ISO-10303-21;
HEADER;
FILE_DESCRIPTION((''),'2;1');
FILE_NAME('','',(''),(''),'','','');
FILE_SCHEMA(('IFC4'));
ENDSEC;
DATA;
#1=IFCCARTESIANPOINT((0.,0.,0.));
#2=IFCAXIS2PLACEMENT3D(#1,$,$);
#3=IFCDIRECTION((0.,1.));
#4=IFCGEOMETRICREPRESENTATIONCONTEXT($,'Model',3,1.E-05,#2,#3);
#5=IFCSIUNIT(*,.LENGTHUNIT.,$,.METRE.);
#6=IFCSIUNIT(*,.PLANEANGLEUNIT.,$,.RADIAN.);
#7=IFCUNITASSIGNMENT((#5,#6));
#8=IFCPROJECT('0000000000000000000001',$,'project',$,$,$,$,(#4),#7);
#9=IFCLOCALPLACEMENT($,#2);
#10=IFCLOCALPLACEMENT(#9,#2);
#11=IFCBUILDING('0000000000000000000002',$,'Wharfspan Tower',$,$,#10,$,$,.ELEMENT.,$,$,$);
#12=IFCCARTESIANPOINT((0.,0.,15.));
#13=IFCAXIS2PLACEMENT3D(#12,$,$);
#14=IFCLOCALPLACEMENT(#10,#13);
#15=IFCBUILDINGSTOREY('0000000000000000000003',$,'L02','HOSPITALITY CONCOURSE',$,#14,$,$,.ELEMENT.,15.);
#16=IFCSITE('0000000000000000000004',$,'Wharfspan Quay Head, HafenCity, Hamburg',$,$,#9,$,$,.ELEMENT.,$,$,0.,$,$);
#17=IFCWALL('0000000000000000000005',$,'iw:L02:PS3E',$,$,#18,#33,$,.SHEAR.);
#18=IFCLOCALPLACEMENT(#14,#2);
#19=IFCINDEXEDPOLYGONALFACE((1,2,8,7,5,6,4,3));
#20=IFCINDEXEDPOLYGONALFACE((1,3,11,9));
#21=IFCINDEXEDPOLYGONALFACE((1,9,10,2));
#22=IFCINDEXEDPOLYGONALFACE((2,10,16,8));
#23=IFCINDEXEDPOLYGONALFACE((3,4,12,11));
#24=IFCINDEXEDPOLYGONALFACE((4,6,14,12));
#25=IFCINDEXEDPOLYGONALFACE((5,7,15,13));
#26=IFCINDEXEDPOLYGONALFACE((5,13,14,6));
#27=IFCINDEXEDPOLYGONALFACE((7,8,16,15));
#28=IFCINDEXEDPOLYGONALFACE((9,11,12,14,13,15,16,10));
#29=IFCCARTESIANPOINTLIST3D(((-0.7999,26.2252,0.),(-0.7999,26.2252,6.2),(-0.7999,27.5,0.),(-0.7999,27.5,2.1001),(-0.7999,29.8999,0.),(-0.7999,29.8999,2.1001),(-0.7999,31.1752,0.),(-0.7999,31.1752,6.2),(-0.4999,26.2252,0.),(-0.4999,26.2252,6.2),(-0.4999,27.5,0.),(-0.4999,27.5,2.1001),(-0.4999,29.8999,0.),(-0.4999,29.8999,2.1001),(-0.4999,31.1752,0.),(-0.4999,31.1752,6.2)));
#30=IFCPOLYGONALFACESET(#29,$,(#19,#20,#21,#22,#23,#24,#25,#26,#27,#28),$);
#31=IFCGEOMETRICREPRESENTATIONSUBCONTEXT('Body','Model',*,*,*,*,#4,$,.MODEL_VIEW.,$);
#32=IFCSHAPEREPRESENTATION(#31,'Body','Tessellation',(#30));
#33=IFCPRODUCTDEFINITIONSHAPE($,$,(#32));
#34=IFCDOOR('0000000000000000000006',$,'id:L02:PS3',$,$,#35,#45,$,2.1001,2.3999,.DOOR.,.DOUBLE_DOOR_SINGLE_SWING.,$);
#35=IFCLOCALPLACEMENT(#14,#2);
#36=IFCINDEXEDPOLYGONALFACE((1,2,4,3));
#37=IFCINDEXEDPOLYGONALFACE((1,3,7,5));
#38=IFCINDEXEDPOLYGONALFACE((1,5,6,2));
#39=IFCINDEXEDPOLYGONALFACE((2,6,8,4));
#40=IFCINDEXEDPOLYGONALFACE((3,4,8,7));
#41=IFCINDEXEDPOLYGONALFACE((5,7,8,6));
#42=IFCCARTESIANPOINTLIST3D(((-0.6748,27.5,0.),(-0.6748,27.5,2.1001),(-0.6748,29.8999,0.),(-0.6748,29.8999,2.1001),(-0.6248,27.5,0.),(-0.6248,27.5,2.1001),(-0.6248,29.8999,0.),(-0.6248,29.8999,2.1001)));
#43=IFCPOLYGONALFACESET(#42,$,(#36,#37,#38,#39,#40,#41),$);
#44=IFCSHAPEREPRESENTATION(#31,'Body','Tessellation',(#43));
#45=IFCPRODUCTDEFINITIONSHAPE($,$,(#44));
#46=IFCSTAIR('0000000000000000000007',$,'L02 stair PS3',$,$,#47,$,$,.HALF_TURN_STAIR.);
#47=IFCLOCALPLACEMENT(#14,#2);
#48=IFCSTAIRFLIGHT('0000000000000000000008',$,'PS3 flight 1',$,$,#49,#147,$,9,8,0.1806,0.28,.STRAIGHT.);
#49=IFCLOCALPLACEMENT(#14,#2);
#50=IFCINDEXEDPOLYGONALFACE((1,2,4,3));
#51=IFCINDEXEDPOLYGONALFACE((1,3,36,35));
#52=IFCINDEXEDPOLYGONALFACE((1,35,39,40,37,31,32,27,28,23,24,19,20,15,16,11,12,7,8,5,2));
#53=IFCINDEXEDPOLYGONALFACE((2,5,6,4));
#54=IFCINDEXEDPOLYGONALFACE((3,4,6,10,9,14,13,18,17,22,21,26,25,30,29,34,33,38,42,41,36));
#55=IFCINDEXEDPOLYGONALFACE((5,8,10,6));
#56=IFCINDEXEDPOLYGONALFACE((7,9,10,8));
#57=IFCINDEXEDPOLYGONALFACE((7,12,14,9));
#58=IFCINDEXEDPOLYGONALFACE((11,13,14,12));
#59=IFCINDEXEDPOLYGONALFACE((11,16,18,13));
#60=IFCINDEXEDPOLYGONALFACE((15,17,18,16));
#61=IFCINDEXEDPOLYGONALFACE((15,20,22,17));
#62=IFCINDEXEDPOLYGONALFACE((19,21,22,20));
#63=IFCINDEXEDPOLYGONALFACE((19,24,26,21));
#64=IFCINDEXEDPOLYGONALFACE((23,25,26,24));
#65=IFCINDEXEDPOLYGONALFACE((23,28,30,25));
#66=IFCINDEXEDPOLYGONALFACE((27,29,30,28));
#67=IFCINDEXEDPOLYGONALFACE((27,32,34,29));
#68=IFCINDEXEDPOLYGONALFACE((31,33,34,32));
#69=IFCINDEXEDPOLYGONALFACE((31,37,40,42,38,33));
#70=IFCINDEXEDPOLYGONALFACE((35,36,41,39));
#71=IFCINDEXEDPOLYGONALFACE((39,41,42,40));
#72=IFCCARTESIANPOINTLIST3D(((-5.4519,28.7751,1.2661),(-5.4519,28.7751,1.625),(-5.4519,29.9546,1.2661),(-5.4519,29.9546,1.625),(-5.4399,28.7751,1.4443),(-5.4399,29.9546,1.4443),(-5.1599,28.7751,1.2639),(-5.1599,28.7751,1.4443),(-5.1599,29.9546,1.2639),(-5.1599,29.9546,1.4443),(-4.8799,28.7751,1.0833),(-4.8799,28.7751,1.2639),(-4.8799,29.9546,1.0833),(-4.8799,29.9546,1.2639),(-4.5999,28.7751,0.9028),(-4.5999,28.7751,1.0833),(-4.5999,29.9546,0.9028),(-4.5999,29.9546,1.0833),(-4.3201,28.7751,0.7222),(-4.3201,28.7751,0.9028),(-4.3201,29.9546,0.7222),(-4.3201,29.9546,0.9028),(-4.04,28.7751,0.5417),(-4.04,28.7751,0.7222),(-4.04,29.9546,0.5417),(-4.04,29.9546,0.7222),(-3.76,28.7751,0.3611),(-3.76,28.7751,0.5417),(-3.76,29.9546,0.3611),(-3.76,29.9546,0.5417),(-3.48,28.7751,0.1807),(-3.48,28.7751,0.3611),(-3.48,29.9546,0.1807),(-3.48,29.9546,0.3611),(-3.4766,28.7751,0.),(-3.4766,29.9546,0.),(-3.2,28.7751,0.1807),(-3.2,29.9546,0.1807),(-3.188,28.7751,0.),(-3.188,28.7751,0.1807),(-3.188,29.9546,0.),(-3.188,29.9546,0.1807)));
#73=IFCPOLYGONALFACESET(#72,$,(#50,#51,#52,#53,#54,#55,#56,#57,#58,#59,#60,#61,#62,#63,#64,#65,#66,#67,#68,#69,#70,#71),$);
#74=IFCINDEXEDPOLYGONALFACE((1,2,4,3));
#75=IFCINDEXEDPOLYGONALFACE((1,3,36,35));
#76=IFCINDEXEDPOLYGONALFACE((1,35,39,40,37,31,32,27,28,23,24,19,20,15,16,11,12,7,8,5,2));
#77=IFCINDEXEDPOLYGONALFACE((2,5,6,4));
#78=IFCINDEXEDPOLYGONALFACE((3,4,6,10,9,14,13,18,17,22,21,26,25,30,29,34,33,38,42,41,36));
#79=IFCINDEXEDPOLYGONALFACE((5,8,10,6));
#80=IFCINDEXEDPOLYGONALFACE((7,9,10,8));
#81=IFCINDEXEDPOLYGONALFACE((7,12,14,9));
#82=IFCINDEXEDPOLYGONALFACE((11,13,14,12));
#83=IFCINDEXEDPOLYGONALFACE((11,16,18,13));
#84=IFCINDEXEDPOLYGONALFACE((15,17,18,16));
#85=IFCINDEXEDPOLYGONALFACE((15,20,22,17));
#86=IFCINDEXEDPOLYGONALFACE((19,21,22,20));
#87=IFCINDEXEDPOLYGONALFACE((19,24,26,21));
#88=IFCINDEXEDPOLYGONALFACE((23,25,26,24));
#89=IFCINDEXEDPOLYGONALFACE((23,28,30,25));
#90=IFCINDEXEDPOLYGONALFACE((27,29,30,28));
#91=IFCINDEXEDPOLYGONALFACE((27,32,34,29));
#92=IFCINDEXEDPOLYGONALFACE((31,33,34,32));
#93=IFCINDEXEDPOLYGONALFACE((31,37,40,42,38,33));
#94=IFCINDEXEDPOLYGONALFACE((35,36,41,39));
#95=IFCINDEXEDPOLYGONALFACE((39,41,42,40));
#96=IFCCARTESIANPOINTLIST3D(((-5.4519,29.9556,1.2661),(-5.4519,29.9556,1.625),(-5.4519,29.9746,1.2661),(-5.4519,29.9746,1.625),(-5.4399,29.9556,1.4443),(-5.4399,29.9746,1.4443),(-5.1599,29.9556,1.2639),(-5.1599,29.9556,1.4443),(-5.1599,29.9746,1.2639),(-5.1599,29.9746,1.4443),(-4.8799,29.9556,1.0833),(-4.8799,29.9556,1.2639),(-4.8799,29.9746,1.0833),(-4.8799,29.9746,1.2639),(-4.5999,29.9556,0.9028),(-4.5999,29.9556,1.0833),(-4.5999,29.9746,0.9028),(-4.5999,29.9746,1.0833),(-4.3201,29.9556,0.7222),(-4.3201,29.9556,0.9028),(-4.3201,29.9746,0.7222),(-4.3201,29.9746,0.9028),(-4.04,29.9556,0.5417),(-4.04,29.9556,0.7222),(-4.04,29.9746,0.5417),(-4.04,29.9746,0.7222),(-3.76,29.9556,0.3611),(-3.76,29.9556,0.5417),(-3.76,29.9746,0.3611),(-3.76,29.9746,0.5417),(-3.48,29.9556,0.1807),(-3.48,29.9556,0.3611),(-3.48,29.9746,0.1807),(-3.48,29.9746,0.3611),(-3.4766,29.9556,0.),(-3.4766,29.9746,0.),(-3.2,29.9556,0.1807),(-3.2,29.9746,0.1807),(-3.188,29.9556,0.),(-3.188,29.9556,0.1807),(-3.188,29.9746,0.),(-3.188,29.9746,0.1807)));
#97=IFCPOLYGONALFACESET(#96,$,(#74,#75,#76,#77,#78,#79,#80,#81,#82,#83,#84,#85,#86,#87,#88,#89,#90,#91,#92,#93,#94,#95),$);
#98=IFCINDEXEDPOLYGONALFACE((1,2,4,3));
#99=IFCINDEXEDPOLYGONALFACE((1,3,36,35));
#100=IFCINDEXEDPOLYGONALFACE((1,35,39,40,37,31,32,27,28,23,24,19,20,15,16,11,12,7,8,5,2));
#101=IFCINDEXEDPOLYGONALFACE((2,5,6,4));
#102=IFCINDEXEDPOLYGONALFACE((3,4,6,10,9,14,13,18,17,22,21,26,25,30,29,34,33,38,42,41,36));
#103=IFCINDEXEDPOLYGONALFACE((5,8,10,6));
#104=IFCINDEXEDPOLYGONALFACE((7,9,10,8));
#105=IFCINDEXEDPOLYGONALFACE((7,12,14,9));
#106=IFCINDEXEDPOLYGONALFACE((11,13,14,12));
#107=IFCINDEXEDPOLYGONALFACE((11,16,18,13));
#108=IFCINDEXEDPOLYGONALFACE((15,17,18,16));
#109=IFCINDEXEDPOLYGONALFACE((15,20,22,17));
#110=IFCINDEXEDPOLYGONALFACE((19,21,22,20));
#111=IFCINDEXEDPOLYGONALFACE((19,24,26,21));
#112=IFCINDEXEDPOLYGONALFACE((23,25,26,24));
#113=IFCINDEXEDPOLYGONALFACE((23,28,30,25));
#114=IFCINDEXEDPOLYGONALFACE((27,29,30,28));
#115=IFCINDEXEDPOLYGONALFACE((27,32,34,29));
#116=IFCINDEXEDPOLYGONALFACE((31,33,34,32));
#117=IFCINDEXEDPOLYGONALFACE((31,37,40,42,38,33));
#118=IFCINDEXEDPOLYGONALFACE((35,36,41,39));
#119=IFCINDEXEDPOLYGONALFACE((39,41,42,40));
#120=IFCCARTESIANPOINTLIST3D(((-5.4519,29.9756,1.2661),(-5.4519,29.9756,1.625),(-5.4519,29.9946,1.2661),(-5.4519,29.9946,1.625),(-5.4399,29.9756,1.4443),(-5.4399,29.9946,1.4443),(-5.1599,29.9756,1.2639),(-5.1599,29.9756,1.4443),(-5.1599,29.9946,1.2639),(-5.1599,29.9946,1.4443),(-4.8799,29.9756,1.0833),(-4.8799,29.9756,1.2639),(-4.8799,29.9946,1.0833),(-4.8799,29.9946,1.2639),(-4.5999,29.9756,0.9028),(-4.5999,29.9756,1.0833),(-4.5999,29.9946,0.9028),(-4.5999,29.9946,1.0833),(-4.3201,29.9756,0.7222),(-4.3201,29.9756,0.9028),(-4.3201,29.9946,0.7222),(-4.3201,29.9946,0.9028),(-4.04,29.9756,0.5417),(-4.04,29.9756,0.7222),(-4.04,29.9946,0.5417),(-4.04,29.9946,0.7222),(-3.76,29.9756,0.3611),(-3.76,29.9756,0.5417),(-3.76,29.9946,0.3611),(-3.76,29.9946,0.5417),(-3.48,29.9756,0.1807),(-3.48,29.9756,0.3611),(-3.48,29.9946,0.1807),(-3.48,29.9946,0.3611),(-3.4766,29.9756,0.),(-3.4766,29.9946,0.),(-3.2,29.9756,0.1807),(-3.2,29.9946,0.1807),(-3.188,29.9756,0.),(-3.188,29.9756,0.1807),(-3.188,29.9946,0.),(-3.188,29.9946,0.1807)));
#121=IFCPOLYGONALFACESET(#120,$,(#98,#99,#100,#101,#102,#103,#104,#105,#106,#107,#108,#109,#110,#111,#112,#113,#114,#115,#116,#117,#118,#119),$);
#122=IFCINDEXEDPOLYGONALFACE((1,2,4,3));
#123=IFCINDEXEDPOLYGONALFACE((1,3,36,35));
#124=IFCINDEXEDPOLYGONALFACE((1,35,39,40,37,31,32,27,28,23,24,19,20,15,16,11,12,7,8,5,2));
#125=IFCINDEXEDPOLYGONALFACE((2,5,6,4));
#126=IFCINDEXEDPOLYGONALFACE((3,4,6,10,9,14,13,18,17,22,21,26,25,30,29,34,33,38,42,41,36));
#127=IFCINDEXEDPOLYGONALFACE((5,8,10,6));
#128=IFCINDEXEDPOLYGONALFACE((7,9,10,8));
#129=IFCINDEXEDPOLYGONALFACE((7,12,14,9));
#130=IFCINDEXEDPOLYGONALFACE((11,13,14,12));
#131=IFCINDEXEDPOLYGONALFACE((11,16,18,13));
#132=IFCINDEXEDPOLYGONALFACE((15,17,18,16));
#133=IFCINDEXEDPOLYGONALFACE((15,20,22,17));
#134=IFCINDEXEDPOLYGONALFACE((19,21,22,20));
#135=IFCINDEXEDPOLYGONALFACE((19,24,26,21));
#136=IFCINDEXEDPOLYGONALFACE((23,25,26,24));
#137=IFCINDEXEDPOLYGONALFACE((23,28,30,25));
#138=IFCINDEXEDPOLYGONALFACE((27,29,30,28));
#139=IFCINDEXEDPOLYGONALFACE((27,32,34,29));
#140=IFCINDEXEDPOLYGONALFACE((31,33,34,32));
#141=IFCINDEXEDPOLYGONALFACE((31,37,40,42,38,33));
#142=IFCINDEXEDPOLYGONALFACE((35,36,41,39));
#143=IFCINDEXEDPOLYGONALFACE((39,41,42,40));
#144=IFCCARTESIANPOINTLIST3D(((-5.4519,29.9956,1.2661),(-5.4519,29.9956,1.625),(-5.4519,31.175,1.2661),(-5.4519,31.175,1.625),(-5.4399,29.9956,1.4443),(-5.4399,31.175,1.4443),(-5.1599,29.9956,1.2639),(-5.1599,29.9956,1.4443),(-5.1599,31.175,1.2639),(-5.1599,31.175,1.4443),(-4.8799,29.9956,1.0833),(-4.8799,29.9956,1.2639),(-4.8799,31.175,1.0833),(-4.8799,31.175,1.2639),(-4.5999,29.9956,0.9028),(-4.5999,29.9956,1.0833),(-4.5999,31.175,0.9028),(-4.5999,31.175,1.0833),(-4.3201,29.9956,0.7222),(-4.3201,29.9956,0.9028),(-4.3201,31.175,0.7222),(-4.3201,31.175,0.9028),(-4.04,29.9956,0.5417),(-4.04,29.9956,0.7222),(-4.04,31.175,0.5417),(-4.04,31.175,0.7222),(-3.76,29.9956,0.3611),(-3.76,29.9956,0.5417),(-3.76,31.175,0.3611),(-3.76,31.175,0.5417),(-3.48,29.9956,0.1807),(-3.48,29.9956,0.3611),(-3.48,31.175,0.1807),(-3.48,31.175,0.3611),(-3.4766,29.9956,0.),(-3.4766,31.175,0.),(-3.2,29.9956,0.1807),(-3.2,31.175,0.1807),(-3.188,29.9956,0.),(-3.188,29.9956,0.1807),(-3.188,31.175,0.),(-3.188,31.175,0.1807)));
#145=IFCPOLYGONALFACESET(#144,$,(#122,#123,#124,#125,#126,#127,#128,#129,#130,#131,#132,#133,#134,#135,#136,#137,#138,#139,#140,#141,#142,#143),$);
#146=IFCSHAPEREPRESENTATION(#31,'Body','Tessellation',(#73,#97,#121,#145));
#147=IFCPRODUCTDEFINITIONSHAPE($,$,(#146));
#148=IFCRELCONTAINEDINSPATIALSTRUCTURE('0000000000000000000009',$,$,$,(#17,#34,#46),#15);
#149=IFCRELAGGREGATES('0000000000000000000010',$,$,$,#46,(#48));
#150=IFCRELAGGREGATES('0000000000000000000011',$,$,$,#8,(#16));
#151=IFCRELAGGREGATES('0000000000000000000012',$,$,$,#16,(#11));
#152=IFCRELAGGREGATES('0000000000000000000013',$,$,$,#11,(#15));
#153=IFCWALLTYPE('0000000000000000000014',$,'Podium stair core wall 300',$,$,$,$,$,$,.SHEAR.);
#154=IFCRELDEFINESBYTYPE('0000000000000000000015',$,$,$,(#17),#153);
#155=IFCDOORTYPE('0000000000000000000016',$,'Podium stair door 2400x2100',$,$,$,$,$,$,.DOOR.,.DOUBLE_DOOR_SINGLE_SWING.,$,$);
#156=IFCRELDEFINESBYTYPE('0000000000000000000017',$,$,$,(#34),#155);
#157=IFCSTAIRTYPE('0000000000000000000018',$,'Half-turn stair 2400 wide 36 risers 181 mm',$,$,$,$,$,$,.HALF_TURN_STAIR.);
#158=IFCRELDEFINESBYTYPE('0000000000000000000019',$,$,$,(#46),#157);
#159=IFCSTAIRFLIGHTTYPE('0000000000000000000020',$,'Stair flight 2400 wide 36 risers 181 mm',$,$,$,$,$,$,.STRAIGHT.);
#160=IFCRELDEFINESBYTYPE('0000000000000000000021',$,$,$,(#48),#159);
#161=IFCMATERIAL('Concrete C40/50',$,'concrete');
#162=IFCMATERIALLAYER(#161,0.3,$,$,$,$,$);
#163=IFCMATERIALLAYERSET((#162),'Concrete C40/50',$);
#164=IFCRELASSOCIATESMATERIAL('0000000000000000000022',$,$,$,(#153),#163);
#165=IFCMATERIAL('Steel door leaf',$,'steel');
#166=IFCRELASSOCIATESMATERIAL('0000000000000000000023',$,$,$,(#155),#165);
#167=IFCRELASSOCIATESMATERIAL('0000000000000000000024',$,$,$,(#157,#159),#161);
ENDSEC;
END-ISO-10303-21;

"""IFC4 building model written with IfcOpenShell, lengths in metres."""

from ifc_helpers import new_model, si_unit, direction, frame, frame_2d, origin, place, context, subcontext, project, spatial, polyline, rectangle, outline, extrude, material, layer, layer_set, type_object, element, fill, aggregate, save


model = new_model("IFC4")

# Units and contexts
model_context = context("Model", 3, precision=1e-05, world=origin(), true_north=direction((0.0, 1.0)))
body_context = subcontext(model_context, "Body", "Model", "MODEL_VIEW")
ifc_project = project(units=[si_unit("LENGTHUNIT", "METRE"), si_unit("PLANEANGLEUNIT", "RADIAN")], contexts=[model_context])

# Site, building, storey
site_placement = place(None, origin())
site = spatial("IfcSite", under=ifc_project, at=site_placement, Name="Wharfspan Quay Head, HafenCity, Hamburg", CompositionType="ELEMENT", RefElevation=0.0)
building_placement = place(site_placement, origin())
building = spatial("IfcBuilding", under=site, at=building_placement, Name="Wharfspan Tower", CompositionType="ELEMENT")
storey_placement = place(building_placement, frame((0.0, 0.0, 15.0)))
storey = spatial("IfcBuildingStorey", under=building, at=storey_placement, Name="L02", Description="HOSPITALITY CONCOURSE", CompositionType="ELEMENT", Elevation=15.0)

# Wall, opening, door
ifc_material_1 = material(Name="Concrete C40/50", Category="concrete")
ifc_layer = layer(ifc_material_1, 0.3)
ifc_layer_set = layer_set([ifc_layer], Name="Concrete C40/50")
wall_type = type_object("IfcWallType", Name="Podium stair core wall 300", PredefinedType="SHEAR", material=ifc_layer_set)
ifc_material_2 = material(Name="Steel door leaf", Category="steel")
door_type = type_object("IfcDoorType", Name="Podium stair door 2400x2100", OperationType="DOUBLE_DOOR_SINGLE_SWING", PredefinedType="DOOR", material=ifc_material_2)
wall_1_placement = place(storey_placement, frame((-0.6499, 26.2251, 0.0), z_axis=(0.0, 0.0, 1.0), x_axis=(0.0, 1.0, 0.0)))
wall_1 = element("IfcWall", 1, at=wall_1_placement, inside=storey, type_object=wall_type, Name="iw:L02:PS3E", PredefinedType="SHEAR", context=body_context, shape_type="SweptSolid", body=[
    extrude(rectangle(XDim=4.95, YDim=0.3, at=frame_2d((2.4751, 0.0))), origin(), (0.0, 0.0, 1.0), 6.2),
])
opening_1_placement = place(wall_1_placement, frame((1.2749, 0.0, 0.0)))
opening_1 = element("IfcOpeningElement", 2, at=opening_1_placement, cuts=wall_1, PredefinedType="OPENING", context=body_context, shape_type="SweptSolid", body=[
    extrude(rectangle(XDim=2.3999, YDim=2.1001, at=frame_2d((1.2, 1.05))), frame((0.0, 0.1599, 0.0), z_axis=(0.0, -1.0, 0.0), x_axis=(1.0, 0.0, 0.0)), (0.0, 0.0, 1.0), 0.3201),
])
door_1_placement = place(opening_1_placement, origin())
door_1 = element("IfcDoor", 3, at=door_1_placement, inside=storey, type_object=door_type, Name="id:L02:PS3", OperationType="DOUBLE_DOOR_SINGLE_SWING", OverallHeight=2.1001, OverallWidth=2.3999, PredefinedType="DOOR", context=body_context, shape_type="SweptSolid", body=[
    extrude(rectangle(XDim=2.3999, YDim=2.1001, at=frame_2d((1.2, 1.05))), frame((0.0, 0.0249, 0.0), z_axis=(0.0, -1.0, 0.0), x_axis=(1.0, 0.0, 0.0)), (0.0, 0.0, 1.0), 0.05),
])
fill(opening_1, door_1)

# Stair, stair flight
stair_type = type_object("IfcStairType", Name="Half-turn stair 2400 wide 36 risers 181 mm", PredefinedType="HALF_TURN_STAIR", material=ifc_material_1)
stair_placement = place(storey_placement, origin())
stair = element("IfcStair", 4, at=stair_placement, inside=storey, type_object=stair_type, Name="L02 stair PS3", PredefinedType="HALF_TURN_STAIR")
stair_flight_type = type_object("IfcStairFlightType", Name="Stair flight 2400 wide 36 risers 181 mm", PredefinedType="STRAIGHT", material=ifc_material_1)
stair_flight_1_placement = place(storey_placement, frame((-3.2, 29.9751, 0.0), z_axis=(0.0, 0.0, 1.0), x_axis=(-1.0, 0.0, 0.0)))
stair_flight_1 = element("IfcStairFlight", 5, at=stair_flight_1_placement, type_object=stair_flight_type, Name="PS3 flight 1", NumberOfRisers=9, NumberOfTreads=8, PredefinedType="STRAIGHT", RiserHeight=0.1806, TreadLength=0.28, context=body_context, shape_type="SweptSolid", body=[
    extrude(outline(polyline([(-0.012, 0.0), (-0.012, 0.1807), (0.0, 0.1807), (0.28, 0.1807), (0.28, 0.3611), (0.5601, 0.3611), (0.5601, 0.5417), (0.8401, 0.5417), (0.8401, 0.7222), (1.1201, 0.7222), (1.1201, 0.9028), (1.3999, 0.9028), (1.3999, 1.0833), (1.6799, 1.0833), (1.6799, 1.2639), (1.96, 1.2639), (1.96, 1.4443), (2.24, 1.4443), (2.252, 1.625), (2.252, 1.2661), (0.2766, 0.0), (-0.012, 0.0)])), frame((0.0, 1.2, 0.0), z_axis=(0.0, -1.0, 0.0), x_axis=(1.0, 0.0, 0.0)), (0.0, 0.0, 1.0), 1.1794),
    extrude(outline(polyline([(-0.012, 0.0), (-0.012, 0.1807), (0.0, 0.1807), (0.28, 0.1807), (0.28, 0.3611), (0.5601, 0.3611), (0.5601, 0.5417), (0.8401, 0.5417), (0.8401, 0.7222), (1.1201, 0.7222), (1.1201, 0.9028), (1.3999, 0.9028), (1.3999, 1.0833), (1.6799, 1.0833), (1.6799, 1.2639), (1.96, 1.2639), (1.96, 1.4443), (2.24, 1.4443), (2.252, 1.625), (2.252, 1.2661), (0.2766, 0.0), (-0.012, 0.0)])), frame((0.0, 0.0195, 0.0), z_axis=(0.0, -1.0, 0.0), x_axis=(1.0, 0.0, 0.0)), (0.0, 0.0, 1.0), 0.019),
    extrude(outline(polyline([(-0.012, 0.0), (-0.012, 0.1807), (0.0, 0.1807), (0.28, 0.1807), (0.28, 0.3611), (0.5601, 0.3611), (0.5601, 0.5417), (0.8401, 0.5417), (0.8401, 0.7222), (1.1201, 0.7222), (1.1201, 0.9028), (1.3999, 0.9028), (1.3999, 1.0833), (1.6799, 1.0833), (1.6799, 1.2639), (1.96, 1.2639), (1.96, 1.4443), (2.24, 1.4443), (2.252, 1.625), (2.252, 1.2661), (0.2766, 0.0), (-0.012, 0.0)])), frame((0.0, -0.0005, 0.0), z_axis=(0.0, -1.0, 0.0), x_axis=(1.0, 0.0, 0.0)), (0.0, 0.0, 1.0), 0.019),
    extrude(outline(polyline([(-0.012, 0.0), (-0.012, 0.1807), (0.0, 0.1807), (0.28, 0.1807), (0.28, 0.3611), (0.5601, 0.3611), (0.5601, 0.5417), (0.8401, 0.5417), (0.8401, 0.7222), (1.1201, 0.7222), (1.1201, 0.9028), (1.3999, 0.9028), (1.3999, 1.0833), (1.6799, 1.0833), (1.6799, 1.2639), (1.96, 1.2639), (1.96, 1.4443), (2.24, 1.4443), (2.252, 1.625), (2.252, 1.2661), (0.2766, 0.0), (-0.012, 0.0)])), frame((0.0, -0.0205, 0.0), z_axis=(0.0, -1.0, 0.0), x_axis=(1.0, 0.0, 0.0)), (0.0, 0.0, 1.0), 1.1794),
])
aggregate(stair, [stair_flight_1])

save(model, "model.ifc")
